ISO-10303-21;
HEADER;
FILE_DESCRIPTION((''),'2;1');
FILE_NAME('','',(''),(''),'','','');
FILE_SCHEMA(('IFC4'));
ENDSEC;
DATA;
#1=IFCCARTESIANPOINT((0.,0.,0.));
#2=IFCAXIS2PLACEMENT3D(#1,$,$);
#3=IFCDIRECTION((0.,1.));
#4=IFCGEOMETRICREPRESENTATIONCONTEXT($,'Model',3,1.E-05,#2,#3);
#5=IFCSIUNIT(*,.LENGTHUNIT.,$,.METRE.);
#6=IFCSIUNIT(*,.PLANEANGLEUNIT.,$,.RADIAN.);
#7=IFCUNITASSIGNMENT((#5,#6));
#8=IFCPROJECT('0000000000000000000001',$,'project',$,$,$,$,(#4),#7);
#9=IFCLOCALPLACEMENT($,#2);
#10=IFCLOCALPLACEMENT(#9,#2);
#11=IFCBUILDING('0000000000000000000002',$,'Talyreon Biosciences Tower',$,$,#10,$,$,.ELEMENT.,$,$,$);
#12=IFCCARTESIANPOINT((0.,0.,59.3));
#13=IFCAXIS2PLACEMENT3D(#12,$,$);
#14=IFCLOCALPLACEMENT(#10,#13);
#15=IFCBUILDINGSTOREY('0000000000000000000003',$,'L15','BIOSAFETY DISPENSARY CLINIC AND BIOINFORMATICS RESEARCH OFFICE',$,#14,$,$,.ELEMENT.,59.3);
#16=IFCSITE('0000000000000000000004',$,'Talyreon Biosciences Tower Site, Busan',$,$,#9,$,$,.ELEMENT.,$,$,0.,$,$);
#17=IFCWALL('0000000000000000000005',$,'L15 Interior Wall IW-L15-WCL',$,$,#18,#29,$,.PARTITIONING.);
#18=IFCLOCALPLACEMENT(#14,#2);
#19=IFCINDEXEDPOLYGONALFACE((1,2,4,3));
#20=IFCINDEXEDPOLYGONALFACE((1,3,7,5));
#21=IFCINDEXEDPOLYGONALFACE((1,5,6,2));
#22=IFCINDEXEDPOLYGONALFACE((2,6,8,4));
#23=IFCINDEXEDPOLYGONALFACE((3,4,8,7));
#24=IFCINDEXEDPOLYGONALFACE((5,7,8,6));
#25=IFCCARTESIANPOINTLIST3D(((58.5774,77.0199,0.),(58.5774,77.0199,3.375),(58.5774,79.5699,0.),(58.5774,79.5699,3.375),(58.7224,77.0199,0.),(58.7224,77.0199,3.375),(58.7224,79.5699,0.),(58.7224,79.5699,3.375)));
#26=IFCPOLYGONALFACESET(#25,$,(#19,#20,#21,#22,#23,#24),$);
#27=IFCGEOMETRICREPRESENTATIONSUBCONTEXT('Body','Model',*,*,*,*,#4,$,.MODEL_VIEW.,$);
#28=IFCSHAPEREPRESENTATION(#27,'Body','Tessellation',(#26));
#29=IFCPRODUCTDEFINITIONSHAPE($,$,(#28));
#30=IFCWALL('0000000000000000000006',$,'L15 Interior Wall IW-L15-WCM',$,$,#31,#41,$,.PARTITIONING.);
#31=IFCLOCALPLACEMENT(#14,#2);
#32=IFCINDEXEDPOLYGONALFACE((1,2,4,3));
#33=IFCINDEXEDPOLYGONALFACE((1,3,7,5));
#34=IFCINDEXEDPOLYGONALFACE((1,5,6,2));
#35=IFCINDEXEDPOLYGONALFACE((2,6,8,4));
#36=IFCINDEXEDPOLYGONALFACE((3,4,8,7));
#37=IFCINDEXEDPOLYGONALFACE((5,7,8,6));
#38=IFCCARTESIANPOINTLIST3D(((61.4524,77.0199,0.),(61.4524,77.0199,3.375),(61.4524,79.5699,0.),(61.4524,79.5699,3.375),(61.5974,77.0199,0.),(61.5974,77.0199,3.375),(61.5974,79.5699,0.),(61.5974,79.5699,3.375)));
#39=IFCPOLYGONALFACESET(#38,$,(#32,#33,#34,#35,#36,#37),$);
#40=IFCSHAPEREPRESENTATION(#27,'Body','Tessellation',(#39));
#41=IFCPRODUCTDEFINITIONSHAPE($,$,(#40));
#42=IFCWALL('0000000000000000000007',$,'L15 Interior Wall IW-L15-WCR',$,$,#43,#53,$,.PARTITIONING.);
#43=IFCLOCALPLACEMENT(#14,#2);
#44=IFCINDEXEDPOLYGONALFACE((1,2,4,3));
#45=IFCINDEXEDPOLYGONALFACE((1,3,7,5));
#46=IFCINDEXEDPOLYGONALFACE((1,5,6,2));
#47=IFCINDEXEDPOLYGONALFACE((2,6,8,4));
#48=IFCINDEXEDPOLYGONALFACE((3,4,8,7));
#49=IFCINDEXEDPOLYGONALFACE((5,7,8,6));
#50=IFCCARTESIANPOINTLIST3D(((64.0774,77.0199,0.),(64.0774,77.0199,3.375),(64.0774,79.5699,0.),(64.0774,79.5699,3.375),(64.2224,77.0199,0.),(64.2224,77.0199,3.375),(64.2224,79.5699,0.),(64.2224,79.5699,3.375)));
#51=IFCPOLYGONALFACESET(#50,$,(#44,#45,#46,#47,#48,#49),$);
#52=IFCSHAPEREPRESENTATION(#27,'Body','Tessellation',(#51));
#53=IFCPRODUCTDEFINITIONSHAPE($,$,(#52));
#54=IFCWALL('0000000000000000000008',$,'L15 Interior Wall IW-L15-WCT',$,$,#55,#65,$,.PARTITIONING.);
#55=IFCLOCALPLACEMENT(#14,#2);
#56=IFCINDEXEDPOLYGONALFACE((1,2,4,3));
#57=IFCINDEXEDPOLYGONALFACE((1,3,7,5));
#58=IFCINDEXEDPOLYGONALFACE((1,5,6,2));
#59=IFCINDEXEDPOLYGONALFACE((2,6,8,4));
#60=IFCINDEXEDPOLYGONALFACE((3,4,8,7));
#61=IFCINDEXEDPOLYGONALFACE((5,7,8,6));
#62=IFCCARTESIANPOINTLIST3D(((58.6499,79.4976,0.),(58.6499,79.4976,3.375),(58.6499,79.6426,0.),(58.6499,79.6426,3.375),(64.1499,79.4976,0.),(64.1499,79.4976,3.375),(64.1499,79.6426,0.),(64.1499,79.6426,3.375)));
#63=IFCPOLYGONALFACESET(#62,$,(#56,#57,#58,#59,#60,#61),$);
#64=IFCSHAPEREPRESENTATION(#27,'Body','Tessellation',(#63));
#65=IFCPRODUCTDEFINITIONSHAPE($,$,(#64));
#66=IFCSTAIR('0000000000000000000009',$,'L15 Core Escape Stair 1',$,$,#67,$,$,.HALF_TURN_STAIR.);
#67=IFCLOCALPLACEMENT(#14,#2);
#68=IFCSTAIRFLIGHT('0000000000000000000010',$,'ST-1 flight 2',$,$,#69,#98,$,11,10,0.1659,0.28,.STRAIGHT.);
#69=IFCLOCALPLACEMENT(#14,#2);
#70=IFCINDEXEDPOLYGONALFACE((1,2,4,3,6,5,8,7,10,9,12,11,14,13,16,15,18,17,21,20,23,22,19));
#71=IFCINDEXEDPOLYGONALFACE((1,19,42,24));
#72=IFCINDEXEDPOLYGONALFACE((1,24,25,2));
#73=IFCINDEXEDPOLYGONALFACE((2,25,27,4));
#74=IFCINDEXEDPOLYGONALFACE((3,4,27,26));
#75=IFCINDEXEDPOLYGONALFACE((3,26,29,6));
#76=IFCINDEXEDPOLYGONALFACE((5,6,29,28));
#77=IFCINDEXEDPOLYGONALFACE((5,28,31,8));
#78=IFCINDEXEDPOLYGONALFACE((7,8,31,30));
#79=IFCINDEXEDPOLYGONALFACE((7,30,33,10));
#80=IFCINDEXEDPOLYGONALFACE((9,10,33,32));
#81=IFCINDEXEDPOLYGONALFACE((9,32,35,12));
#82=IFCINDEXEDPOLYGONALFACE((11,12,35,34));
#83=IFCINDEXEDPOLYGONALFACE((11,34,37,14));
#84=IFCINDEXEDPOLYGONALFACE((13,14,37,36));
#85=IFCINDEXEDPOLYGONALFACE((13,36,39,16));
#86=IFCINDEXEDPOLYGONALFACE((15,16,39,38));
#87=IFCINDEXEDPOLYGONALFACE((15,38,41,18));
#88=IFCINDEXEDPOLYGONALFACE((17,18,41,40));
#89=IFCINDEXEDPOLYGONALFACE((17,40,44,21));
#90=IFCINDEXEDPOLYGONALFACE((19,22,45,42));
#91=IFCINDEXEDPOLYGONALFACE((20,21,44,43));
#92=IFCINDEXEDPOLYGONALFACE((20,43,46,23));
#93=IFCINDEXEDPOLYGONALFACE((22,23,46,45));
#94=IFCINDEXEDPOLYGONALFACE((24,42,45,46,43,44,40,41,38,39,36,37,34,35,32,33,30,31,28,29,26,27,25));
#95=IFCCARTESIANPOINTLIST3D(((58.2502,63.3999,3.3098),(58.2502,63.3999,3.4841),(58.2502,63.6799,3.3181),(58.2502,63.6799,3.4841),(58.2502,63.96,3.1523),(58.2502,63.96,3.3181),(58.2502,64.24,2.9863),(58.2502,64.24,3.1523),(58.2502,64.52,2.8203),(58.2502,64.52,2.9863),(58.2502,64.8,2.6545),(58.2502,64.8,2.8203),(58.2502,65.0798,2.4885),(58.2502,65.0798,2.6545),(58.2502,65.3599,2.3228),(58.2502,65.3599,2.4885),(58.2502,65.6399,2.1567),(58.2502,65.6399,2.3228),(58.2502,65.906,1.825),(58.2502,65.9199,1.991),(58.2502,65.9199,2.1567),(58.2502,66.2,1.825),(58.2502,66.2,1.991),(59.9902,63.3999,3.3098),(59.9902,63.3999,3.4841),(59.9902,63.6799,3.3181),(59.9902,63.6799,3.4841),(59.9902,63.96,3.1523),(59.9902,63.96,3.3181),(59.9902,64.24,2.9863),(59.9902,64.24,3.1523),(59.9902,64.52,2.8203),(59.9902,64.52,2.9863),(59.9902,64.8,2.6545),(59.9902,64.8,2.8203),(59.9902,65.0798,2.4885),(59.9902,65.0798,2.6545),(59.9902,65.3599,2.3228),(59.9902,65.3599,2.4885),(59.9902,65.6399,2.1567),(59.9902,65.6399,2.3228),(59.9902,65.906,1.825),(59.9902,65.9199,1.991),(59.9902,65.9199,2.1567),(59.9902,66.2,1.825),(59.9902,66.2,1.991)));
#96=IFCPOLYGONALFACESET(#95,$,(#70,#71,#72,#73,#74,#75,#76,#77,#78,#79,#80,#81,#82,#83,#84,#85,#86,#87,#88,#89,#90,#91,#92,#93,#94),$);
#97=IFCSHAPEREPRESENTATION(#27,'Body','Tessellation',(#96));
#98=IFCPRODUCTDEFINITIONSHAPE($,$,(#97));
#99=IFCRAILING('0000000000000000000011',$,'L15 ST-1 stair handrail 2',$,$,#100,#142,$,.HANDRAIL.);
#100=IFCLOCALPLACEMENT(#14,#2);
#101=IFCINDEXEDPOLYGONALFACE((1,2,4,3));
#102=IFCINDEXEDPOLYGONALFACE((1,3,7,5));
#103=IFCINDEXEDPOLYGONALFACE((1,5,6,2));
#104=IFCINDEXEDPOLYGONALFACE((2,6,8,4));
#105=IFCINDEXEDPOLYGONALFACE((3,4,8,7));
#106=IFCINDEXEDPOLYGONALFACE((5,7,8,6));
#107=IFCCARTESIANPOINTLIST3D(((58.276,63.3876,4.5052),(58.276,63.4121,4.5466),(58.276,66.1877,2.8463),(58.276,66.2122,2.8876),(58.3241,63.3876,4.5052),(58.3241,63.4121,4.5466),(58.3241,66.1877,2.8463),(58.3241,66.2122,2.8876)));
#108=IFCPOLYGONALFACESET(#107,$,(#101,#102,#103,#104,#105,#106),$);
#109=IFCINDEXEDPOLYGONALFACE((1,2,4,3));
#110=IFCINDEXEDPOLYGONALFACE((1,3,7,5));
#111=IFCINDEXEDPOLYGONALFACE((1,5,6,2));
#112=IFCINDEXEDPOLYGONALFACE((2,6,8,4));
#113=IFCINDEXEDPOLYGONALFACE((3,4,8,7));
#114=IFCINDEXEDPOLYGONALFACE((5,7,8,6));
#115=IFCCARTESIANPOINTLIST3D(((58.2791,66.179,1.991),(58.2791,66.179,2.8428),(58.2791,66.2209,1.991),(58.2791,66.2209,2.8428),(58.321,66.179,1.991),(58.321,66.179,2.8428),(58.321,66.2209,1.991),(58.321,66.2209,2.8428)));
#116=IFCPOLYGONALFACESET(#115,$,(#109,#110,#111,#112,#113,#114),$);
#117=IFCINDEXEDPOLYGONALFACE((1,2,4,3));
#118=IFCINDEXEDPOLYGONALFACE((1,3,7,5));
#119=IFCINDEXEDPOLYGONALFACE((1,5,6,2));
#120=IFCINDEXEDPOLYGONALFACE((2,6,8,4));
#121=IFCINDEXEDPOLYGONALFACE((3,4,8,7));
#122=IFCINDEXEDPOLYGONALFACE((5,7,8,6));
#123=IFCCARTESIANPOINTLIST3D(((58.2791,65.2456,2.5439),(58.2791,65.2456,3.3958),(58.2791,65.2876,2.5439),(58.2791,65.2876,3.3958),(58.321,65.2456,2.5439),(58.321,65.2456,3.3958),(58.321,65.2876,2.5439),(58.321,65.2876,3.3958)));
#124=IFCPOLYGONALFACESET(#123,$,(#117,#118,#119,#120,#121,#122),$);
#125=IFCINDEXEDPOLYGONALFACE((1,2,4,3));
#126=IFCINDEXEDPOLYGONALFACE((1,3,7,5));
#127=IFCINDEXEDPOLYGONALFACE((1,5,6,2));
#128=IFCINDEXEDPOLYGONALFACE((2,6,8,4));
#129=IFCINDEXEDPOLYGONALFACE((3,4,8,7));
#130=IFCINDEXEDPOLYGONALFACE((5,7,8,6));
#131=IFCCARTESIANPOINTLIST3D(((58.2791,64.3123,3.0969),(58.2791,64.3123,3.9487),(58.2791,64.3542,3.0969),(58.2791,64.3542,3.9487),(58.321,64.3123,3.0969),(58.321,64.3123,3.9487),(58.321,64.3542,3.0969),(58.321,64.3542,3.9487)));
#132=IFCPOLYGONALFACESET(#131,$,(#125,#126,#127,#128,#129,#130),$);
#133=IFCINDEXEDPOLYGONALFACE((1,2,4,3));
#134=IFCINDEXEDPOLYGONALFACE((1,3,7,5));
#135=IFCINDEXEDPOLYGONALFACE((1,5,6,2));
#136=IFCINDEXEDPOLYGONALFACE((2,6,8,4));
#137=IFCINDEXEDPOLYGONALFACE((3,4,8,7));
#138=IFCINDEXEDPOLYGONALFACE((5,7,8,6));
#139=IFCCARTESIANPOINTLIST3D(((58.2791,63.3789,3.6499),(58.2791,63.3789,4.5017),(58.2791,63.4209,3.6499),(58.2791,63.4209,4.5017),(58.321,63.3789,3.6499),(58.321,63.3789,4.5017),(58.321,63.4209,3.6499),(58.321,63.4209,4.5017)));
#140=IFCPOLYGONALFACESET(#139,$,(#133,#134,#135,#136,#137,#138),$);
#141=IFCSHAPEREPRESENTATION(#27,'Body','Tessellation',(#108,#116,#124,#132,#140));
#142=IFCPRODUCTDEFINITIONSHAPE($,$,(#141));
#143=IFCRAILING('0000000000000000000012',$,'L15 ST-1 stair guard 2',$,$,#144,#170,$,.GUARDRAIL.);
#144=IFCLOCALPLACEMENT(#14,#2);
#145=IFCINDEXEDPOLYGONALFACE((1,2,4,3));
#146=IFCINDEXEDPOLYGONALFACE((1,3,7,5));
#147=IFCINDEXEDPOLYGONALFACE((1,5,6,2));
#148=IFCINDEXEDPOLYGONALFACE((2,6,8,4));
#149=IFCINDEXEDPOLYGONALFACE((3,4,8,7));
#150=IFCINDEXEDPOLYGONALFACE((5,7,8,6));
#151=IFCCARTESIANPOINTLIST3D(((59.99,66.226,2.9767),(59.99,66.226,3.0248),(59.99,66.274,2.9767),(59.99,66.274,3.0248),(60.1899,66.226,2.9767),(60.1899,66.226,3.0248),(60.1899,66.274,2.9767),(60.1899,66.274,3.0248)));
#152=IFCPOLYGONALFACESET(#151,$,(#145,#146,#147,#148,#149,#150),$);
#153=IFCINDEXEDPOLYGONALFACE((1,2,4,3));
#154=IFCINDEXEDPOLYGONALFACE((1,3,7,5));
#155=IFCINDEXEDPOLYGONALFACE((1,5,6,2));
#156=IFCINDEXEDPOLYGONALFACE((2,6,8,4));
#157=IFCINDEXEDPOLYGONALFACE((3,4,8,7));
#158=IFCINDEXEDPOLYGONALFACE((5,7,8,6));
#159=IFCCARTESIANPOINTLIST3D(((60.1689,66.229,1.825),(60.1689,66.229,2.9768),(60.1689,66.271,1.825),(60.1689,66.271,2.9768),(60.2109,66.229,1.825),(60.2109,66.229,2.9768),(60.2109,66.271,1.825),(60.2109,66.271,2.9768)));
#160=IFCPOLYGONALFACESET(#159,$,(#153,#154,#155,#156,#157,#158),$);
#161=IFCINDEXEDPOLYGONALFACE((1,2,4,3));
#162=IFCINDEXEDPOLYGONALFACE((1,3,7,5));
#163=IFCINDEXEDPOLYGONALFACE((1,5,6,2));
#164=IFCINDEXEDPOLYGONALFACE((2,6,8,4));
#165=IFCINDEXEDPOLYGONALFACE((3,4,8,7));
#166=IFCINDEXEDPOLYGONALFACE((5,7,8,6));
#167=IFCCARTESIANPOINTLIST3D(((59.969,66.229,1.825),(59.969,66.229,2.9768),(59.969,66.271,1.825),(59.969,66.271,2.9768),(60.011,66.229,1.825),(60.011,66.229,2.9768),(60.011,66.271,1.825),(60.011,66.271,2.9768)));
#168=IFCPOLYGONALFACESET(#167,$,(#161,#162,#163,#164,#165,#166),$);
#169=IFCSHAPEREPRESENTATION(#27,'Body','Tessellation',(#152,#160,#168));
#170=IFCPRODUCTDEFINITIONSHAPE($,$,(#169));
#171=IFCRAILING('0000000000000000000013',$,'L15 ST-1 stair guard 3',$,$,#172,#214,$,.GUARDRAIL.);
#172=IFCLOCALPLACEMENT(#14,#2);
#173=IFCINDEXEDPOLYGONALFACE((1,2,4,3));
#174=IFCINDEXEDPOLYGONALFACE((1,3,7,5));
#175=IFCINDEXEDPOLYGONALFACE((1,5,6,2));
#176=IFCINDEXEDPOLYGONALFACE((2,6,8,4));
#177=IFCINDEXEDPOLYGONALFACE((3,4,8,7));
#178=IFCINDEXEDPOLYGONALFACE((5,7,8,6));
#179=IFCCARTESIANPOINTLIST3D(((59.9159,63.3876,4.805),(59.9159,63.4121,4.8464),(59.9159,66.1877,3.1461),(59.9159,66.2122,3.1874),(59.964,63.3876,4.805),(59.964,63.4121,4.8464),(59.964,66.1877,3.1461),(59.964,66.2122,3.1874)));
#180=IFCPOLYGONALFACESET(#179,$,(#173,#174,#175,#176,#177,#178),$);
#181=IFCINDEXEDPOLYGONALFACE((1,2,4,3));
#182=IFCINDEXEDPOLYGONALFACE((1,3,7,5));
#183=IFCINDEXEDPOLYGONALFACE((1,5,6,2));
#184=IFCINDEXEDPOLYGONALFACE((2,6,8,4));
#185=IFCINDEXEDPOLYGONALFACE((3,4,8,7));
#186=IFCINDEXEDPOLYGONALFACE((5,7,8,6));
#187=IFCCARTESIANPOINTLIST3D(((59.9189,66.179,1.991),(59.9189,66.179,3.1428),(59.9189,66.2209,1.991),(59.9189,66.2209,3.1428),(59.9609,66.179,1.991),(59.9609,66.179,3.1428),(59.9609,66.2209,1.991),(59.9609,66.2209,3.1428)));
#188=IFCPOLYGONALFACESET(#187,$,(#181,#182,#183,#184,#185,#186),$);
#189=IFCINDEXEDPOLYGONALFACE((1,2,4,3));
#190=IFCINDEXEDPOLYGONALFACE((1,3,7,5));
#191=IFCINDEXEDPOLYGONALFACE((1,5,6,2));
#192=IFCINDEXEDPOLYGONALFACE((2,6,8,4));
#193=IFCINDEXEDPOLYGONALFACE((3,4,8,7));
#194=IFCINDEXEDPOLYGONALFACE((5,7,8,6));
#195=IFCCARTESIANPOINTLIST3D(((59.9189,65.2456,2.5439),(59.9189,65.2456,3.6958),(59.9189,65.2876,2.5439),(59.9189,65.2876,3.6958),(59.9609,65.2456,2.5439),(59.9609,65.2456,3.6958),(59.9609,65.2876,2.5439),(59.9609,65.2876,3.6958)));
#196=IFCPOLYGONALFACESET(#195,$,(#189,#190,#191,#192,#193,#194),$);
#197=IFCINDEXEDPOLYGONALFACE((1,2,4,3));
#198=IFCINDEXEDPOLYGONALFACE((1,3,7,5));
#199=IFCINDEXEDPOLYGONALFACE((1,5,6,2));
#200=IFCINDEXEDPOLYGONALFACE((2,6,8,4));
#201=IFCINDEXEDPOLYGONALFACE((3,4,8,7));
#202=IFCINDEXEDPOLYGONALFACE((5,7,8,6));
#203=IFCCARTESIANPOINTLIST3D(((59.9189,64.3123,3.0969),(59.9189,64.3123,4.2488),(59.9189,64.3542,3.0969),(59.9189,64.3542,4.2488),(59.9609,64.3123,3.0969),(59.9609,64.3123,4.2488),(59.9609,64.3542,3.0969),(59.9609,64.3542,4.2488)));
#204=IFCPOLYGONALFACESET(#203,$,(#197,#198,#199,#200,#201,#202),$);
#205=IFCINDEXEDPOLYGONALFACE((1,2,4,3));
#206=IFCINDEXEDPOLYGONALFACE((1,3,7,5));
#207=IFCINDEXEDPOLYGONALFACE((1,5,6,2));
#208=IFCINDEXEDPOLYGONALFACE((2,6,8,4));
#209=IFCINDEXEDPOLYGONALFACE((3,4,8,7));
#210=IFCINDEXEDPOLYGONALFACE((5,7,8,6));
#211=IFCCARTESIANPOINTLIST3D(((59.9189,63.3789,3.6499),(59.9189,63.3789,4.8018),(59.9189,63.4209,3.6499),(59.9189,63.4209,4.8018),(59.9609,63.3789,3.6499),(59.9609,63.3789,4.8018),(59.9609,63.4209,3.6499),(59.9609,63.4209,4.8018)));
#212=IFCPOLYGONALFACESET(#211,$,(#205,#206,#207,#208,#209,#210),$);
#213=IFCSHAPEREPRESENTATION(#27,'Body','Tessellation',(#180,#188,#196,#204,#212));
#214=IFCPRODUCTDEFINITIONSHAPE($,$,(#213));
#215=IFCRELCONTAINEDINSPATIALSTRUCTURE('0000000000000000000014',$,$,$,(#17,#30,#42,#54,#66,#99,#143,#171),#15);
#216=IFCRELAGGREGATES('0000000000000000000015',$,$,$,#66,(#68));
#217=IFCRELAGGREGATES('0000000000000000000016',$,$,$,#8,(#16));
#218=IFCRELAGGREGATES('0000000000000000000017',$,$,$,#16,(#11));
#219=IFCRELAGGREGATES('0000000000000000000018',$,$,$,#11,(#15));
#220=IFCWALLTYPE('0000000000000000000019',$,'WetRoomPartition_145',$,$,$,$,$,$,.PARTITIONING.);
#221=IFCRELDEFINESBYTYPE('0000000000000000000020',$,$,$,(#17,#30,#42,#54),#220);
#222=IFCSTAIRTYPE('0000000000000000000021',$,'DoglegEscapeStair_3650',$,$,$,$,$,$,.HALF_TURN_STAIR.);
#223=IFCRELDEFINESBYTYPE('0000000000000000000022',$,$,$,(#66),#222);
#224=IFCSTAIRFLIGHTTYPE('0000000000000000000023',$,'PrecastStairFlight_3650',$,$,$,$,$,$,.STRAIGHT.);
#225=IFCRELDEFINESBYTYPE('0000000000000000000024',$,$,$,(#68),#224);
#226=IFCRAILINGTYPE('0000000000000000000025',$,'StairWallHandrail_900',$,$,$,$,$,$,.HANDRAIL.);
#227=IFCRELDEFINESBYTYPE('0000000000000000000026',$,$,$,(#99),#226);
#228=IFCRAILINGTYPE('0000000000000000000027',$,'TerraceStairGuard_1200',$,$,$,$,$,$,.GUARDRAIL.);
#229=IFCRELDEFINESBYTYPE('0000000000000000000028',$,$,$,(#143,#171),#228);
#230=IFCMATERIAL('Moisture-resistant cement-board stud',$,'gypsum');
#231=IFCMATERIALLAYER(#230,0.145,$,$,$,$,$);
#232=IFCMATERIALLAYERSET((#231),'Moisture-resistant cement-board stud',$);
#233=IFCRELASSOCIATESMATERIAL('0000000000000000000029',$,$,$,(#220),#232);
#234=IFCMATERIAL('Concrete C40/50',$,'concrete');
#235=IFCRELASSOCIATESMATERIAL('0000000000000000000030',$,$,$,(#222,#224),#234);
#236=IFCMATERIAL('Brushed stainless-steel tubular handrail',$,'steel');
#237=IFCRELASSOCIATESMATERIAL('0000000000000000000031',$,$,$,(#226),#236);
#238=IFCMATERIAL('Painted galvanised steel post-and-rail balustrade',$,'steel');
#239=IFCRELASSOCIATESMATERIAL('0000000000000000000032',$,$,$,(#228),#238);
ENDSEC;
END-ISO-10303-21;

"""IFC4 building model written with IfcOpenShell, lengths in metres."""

from ifc_helpers import new_model, si_unit, direction, frame, frame_2d, origin, origin_2d, place, context, subcontext, project, spatial, polyline, rectangle, outline, extrude, material, layer, layer_set, type_object, element, aggregate, save


model = new_model("IFC4")

# Units and contexts
model_context = context("Model", 3, precision=1e-05, world=origin(), true_north=direction((0.0, 1.0)))
body_context = subcontext(model_context, "Body", "Model", "MODEL_VIEW")
ifc_project = project(units=[si_unit("LENGTHUNIT", "METRE"), si_unit("PLANEANGLEUNIT", "RADIAN")], contexts=[model_context])

# Site, building, storey
site_placement = place(None, origin())
site = spatial("IfcSite", under=ifc_project, at=site_placement, Name="Talyreon Biosciences Tower Site, Busan", CompositionType="ELEMENT", RefElevation=0.0)
building_placement = place(site_placement, origin())
building = spatial("IfcBuilding", under=site, at=building_placement, Name="Talyreon Biosciences Tower", CompositionType="ELEMENT")
storey_placement = place(building_placement, frame((0.0, 0.0, 59.3)))
storey = spatial("IfcBuildingStorey", under=building, at=storey_placement, Name="L15", Description="BIOSAFETY DISPENSARY CLINIC AND BIOINFORMATICS RESEARCH OFFICE", CompositionType="ELEMENT", Elevation=59.3)

# Walls
ifc_material_1 = material(Name="Moisture-resistant cement-board stud", Category="gypsum")
ifc_layer_1 = layer(ifc_material_1, 0.145)
ifc_layer_set_1 = layer_set([ifc_layer_1], Name="Moisture-resistant cement-board stud")
wall_type_1 = type_object("IfcWallType", Name="WetRoomPartition_145", PredefinedType="PARTITIONING", material=ifc_layer_set_1)
for number, where, z_axis, x_axis, name in (
    (1, (58.6499, 77.02, 0.0), (0.0, 0.0, 1.0), (0.0, 1.0, 0.0), "L15 Interior Wall IW-L15-WCL"),
    (2, (61.5249, 77.02, 0.0), (0.0, 0.0, 1.0), (0.0, 1.0, 0.0), "L15 Interior Wall IW-L15-WCM"),
    (3, (64.1499, 77.02, 0.0), (0.0, 0.0, 1.0), (0.0, 1.0, 0.0), "L15 Interior Wall IW-L15-WCR"),
):
    element("IfcWall", number, at=place(storey_placement, frame(where, z_axis=z_axis, x_axis=x_axis)), inside=storey, type_object=wall_type_1, Name=name, PredefinedType="PARTITIONING", context=body_context, shape_type="SweptSolid", body=[
        extrude(rectangle(XDim=2.55, YDim=0.145, at=frame_2d((1.2749, 0.0))), origin(), (0.0, 0.0, 1.0), 3.375),
    ])
wall_1_placement = place(storey_placement, frame((58.6499, 79.5701, 0.0), z_axis=(0.0, 0.0, 1.0), x_axis=(1.0, 0.0, 0.0)))
element("IfcWall", 4, at=wall_1_placement, inside=storey, type_object=wall_type_1, Name="L15 Interior Wall IW-L15-WCT", PredefinedType="PARTITIONING", context=body_context, shape_type="SweptSolid", body=[
    extrude(rectangle(XDim=5.5, YDim=0.145, at=frame_2d((2.75, 0.0))), origin(), (0.0, 0.0, 1.0), 3.375),
])

# Stair, stair flight
ifc_material_2 = material(Name="Concrete C40/50", Category="concrete")
stair_type = type_object("IfcStairType", Name="DoglegEscapeStair_3650", PredefinedType="HALF_TURN_STAIR", material=ifc_material_2)
stair_placement = place(storey_placement, origin())
stair = element("IfcStair", 5, at=stair_placement, inside=storey, type_object=stair_type, Name="L15 Core Escape Stair 1", PredefinedType="HALF_TURN_STAIR")
stair_flight_type = type_object("IfcStairFlightType", Name="PrecastStairFlight_3650", PredefinedType="STRAIGHT", material=ifc_material_2)
stair_flight_placement = place(storey_placement, frame((59.1201, 66.2, 1.825), z_axis=(0.0, 0.0, 1.0), x_axis=(0.0, -1.0, 0.0)))
stair_flight = element("IfcStairFlight", 6, at=stair_flight_placement, type_object=stair_flight_type, Name="ST-1 flight 2", NumberOfRisers=11, NumberOfTreads=10, PredefinedType="STRAIGHT", RiserHeight=0.1659, TreadLength=0.28, context=body_context, shape_type="SweptSolid", body=[
    extrude(outline(polyline([(0.0, 0.0), (0.0, 0.166), (0.28, 0.166), (0.28, 0.3318), (0.5601, 0.3318), (0.5601, 0.4978), (0.8401, 0.4978), (0.8401, 0.6636), (1.1201, 0.6636), (1.1201, 0.8296), (1.3999, 0.8296), (1.3999, 0.9954), (1.6799, 0.9954), (1.6799, 1.1614), (1.96, 1.1614), (1.96, 1.3274), (2.24, 1.3274), (2.24, 1.4932), (2.52, 1.4932), (2.52, 1.6592), (2.8, 1.6592), (2.8, 1.825), (2.8, 1.4849), (0.2939, 0.0), (0.0, 0.0)])), frame((0.0, 0.8701, 0.0), z_axis=(0.0, -1.0, 0.0), x_axis=(1.0, 0.0, 0.0)), (0.0, 0.0, 1.0), 1.74),
])
aggregate(stair, [stair_flight])

# Railings
ifc_material_3 = material(Name="Brushed stainless-steel tubular handrail", Category="steel")
railing_type_1 = type_object("IfcRailingType", Name="StairWallHandrail_900", PredefinedType="HANDRAIL", material=ifc_material_3)
railing_1_placement = place(storey_placement, frame((58.3, 66.2, 1.991)))
element("IfcRailing", 7, at=railing_1_placement, inside=storey, type_object=railing_type_1, Name="L15 ST-1 stair handrail 2", PredefinedType="HANDRAIL", context=body_context, shape_type="SweptSolid", body=[
    extrude(rectangle(XDim=0.0481, YDim=0.0481, at=origin_2d()), frame((0.0, 0.0, 0.876), z_axis=(0.0, -0.860339, 0.509722), x_axis=(1.0, 0.0, 0.0)), (0.0, 0.0, 1.0), 3.2546),
    extrude(rectangle(XDim=0.042, YDim=0.042, at=origin_2d()), origin(), (0.0, 0.0, 1.0), 0.8518),
    extrude(rectangle(XDim=0.042, YDim=0.042, at=origin_2d()), frame((0.0, -0.9333, 0.553)), (0.0, 0.0, 1.0), 0.8518),
    extrude(rectangle(XDim=0.042, YDim=0.042, at=origin_2d()), frame((0.0, -1.8667, 1.106)), (0.0, 0.0, 1.0), 0.8518),
    extrude(rectangle(XDim=0.042, YDim=0.042, at=origin_2d()), frame((0.0, -2.8, 1.6589)), (0.0, 0.0, 1.0), 0.8518),
])
ifc_material_4 = material(Name="Painted galvanised steel post-and-rail balustrade", Category="steel")
railing_type_2 = type_object("IfcRailingType", Name="TerraceStairGuard_1200", PredefinedType="GUARDRAIL", material=ifc_material_4)
railing_2_placement = place(storey_placement, frame((60.1899, 66.25, 1.825)))
element("IfcRailing", 8, at=railing_2_placement, inside=storey, type_object=railing_type_2, Name="L15 ST-1 stair guard 2", PredefinedType="GUARDRAIL", context=body_context, shape_type="SweptSolid", body=[
    extrude(rectangle(XDim=0.0481, YDim=0.0481, at=origin_2d()), frame((0.0, 0.0, 1.1758), z_axis=(-1.0, 0.0, 0.0), x_axis=(0.0, -1.0, 0.0)), (0.0, 0.0, 1.0), 0.2),
    extrude(rectangle(XDim=0.042, YDim=0.042, at=origin_2d()), origin(), (0.0, 0.0, 1.0), 1.1519),
    extrude(rectangle(XDim=0.042, YDim=0.042, at=origin_2d()), frame((-0.2, 0.0, 0.0)), (0.0, 0.0, 1.0), 1.1519),
])
railing_3_placement = place(storey_placement, frame((59.9399, 66.2, 1.991)))
element("IfcRailing", 9, at=railing_3_placement, inside=storey, type_object=railing_type_2, Name="L15 ST-1 stair guard 3", PredefinedType="GUARDRAIL", context=body_context, shape_type="SweptSolid", body=[
    extrude(rectangle(XDim=0.0481, YDim=0.0481, at=origin_2d()), frame((0.0, 0.0, 1.1758), z_axis=(0.0, -0.860339, 0.509722), x_axis=(1.0, 0.0, 0.0)), (0.0, 0.0, 1.0), 3.2546),
    extrude(rectangle(XDim=0.042, YDim=0.042, at=origin_2d()), origin(), (0.0, 0.0, 1.0), 1.1519),
    extrude(rectangle(XDim=0.042, YDim=0.042, at=origin_2d()), frame((0.0, -0.9333, 0.553)), (0.0, 0.0, 1.0), 1.1519),
    extrude(rectangle(XDim=0.042, YDim=0.042, at=origin_2d()), frame((0.0, -1.8667, 1.106)), (0.0, 0.0, 1.0), 1.1519),
    extrude(rectangle(XDim=0.042, YDim=0.042, at=origin_2d()), frame((0.0, -2.8, 1.6589)), (0.0, 0.0, 1.0), 1.1519),
])

save(model, "model.ifc")
